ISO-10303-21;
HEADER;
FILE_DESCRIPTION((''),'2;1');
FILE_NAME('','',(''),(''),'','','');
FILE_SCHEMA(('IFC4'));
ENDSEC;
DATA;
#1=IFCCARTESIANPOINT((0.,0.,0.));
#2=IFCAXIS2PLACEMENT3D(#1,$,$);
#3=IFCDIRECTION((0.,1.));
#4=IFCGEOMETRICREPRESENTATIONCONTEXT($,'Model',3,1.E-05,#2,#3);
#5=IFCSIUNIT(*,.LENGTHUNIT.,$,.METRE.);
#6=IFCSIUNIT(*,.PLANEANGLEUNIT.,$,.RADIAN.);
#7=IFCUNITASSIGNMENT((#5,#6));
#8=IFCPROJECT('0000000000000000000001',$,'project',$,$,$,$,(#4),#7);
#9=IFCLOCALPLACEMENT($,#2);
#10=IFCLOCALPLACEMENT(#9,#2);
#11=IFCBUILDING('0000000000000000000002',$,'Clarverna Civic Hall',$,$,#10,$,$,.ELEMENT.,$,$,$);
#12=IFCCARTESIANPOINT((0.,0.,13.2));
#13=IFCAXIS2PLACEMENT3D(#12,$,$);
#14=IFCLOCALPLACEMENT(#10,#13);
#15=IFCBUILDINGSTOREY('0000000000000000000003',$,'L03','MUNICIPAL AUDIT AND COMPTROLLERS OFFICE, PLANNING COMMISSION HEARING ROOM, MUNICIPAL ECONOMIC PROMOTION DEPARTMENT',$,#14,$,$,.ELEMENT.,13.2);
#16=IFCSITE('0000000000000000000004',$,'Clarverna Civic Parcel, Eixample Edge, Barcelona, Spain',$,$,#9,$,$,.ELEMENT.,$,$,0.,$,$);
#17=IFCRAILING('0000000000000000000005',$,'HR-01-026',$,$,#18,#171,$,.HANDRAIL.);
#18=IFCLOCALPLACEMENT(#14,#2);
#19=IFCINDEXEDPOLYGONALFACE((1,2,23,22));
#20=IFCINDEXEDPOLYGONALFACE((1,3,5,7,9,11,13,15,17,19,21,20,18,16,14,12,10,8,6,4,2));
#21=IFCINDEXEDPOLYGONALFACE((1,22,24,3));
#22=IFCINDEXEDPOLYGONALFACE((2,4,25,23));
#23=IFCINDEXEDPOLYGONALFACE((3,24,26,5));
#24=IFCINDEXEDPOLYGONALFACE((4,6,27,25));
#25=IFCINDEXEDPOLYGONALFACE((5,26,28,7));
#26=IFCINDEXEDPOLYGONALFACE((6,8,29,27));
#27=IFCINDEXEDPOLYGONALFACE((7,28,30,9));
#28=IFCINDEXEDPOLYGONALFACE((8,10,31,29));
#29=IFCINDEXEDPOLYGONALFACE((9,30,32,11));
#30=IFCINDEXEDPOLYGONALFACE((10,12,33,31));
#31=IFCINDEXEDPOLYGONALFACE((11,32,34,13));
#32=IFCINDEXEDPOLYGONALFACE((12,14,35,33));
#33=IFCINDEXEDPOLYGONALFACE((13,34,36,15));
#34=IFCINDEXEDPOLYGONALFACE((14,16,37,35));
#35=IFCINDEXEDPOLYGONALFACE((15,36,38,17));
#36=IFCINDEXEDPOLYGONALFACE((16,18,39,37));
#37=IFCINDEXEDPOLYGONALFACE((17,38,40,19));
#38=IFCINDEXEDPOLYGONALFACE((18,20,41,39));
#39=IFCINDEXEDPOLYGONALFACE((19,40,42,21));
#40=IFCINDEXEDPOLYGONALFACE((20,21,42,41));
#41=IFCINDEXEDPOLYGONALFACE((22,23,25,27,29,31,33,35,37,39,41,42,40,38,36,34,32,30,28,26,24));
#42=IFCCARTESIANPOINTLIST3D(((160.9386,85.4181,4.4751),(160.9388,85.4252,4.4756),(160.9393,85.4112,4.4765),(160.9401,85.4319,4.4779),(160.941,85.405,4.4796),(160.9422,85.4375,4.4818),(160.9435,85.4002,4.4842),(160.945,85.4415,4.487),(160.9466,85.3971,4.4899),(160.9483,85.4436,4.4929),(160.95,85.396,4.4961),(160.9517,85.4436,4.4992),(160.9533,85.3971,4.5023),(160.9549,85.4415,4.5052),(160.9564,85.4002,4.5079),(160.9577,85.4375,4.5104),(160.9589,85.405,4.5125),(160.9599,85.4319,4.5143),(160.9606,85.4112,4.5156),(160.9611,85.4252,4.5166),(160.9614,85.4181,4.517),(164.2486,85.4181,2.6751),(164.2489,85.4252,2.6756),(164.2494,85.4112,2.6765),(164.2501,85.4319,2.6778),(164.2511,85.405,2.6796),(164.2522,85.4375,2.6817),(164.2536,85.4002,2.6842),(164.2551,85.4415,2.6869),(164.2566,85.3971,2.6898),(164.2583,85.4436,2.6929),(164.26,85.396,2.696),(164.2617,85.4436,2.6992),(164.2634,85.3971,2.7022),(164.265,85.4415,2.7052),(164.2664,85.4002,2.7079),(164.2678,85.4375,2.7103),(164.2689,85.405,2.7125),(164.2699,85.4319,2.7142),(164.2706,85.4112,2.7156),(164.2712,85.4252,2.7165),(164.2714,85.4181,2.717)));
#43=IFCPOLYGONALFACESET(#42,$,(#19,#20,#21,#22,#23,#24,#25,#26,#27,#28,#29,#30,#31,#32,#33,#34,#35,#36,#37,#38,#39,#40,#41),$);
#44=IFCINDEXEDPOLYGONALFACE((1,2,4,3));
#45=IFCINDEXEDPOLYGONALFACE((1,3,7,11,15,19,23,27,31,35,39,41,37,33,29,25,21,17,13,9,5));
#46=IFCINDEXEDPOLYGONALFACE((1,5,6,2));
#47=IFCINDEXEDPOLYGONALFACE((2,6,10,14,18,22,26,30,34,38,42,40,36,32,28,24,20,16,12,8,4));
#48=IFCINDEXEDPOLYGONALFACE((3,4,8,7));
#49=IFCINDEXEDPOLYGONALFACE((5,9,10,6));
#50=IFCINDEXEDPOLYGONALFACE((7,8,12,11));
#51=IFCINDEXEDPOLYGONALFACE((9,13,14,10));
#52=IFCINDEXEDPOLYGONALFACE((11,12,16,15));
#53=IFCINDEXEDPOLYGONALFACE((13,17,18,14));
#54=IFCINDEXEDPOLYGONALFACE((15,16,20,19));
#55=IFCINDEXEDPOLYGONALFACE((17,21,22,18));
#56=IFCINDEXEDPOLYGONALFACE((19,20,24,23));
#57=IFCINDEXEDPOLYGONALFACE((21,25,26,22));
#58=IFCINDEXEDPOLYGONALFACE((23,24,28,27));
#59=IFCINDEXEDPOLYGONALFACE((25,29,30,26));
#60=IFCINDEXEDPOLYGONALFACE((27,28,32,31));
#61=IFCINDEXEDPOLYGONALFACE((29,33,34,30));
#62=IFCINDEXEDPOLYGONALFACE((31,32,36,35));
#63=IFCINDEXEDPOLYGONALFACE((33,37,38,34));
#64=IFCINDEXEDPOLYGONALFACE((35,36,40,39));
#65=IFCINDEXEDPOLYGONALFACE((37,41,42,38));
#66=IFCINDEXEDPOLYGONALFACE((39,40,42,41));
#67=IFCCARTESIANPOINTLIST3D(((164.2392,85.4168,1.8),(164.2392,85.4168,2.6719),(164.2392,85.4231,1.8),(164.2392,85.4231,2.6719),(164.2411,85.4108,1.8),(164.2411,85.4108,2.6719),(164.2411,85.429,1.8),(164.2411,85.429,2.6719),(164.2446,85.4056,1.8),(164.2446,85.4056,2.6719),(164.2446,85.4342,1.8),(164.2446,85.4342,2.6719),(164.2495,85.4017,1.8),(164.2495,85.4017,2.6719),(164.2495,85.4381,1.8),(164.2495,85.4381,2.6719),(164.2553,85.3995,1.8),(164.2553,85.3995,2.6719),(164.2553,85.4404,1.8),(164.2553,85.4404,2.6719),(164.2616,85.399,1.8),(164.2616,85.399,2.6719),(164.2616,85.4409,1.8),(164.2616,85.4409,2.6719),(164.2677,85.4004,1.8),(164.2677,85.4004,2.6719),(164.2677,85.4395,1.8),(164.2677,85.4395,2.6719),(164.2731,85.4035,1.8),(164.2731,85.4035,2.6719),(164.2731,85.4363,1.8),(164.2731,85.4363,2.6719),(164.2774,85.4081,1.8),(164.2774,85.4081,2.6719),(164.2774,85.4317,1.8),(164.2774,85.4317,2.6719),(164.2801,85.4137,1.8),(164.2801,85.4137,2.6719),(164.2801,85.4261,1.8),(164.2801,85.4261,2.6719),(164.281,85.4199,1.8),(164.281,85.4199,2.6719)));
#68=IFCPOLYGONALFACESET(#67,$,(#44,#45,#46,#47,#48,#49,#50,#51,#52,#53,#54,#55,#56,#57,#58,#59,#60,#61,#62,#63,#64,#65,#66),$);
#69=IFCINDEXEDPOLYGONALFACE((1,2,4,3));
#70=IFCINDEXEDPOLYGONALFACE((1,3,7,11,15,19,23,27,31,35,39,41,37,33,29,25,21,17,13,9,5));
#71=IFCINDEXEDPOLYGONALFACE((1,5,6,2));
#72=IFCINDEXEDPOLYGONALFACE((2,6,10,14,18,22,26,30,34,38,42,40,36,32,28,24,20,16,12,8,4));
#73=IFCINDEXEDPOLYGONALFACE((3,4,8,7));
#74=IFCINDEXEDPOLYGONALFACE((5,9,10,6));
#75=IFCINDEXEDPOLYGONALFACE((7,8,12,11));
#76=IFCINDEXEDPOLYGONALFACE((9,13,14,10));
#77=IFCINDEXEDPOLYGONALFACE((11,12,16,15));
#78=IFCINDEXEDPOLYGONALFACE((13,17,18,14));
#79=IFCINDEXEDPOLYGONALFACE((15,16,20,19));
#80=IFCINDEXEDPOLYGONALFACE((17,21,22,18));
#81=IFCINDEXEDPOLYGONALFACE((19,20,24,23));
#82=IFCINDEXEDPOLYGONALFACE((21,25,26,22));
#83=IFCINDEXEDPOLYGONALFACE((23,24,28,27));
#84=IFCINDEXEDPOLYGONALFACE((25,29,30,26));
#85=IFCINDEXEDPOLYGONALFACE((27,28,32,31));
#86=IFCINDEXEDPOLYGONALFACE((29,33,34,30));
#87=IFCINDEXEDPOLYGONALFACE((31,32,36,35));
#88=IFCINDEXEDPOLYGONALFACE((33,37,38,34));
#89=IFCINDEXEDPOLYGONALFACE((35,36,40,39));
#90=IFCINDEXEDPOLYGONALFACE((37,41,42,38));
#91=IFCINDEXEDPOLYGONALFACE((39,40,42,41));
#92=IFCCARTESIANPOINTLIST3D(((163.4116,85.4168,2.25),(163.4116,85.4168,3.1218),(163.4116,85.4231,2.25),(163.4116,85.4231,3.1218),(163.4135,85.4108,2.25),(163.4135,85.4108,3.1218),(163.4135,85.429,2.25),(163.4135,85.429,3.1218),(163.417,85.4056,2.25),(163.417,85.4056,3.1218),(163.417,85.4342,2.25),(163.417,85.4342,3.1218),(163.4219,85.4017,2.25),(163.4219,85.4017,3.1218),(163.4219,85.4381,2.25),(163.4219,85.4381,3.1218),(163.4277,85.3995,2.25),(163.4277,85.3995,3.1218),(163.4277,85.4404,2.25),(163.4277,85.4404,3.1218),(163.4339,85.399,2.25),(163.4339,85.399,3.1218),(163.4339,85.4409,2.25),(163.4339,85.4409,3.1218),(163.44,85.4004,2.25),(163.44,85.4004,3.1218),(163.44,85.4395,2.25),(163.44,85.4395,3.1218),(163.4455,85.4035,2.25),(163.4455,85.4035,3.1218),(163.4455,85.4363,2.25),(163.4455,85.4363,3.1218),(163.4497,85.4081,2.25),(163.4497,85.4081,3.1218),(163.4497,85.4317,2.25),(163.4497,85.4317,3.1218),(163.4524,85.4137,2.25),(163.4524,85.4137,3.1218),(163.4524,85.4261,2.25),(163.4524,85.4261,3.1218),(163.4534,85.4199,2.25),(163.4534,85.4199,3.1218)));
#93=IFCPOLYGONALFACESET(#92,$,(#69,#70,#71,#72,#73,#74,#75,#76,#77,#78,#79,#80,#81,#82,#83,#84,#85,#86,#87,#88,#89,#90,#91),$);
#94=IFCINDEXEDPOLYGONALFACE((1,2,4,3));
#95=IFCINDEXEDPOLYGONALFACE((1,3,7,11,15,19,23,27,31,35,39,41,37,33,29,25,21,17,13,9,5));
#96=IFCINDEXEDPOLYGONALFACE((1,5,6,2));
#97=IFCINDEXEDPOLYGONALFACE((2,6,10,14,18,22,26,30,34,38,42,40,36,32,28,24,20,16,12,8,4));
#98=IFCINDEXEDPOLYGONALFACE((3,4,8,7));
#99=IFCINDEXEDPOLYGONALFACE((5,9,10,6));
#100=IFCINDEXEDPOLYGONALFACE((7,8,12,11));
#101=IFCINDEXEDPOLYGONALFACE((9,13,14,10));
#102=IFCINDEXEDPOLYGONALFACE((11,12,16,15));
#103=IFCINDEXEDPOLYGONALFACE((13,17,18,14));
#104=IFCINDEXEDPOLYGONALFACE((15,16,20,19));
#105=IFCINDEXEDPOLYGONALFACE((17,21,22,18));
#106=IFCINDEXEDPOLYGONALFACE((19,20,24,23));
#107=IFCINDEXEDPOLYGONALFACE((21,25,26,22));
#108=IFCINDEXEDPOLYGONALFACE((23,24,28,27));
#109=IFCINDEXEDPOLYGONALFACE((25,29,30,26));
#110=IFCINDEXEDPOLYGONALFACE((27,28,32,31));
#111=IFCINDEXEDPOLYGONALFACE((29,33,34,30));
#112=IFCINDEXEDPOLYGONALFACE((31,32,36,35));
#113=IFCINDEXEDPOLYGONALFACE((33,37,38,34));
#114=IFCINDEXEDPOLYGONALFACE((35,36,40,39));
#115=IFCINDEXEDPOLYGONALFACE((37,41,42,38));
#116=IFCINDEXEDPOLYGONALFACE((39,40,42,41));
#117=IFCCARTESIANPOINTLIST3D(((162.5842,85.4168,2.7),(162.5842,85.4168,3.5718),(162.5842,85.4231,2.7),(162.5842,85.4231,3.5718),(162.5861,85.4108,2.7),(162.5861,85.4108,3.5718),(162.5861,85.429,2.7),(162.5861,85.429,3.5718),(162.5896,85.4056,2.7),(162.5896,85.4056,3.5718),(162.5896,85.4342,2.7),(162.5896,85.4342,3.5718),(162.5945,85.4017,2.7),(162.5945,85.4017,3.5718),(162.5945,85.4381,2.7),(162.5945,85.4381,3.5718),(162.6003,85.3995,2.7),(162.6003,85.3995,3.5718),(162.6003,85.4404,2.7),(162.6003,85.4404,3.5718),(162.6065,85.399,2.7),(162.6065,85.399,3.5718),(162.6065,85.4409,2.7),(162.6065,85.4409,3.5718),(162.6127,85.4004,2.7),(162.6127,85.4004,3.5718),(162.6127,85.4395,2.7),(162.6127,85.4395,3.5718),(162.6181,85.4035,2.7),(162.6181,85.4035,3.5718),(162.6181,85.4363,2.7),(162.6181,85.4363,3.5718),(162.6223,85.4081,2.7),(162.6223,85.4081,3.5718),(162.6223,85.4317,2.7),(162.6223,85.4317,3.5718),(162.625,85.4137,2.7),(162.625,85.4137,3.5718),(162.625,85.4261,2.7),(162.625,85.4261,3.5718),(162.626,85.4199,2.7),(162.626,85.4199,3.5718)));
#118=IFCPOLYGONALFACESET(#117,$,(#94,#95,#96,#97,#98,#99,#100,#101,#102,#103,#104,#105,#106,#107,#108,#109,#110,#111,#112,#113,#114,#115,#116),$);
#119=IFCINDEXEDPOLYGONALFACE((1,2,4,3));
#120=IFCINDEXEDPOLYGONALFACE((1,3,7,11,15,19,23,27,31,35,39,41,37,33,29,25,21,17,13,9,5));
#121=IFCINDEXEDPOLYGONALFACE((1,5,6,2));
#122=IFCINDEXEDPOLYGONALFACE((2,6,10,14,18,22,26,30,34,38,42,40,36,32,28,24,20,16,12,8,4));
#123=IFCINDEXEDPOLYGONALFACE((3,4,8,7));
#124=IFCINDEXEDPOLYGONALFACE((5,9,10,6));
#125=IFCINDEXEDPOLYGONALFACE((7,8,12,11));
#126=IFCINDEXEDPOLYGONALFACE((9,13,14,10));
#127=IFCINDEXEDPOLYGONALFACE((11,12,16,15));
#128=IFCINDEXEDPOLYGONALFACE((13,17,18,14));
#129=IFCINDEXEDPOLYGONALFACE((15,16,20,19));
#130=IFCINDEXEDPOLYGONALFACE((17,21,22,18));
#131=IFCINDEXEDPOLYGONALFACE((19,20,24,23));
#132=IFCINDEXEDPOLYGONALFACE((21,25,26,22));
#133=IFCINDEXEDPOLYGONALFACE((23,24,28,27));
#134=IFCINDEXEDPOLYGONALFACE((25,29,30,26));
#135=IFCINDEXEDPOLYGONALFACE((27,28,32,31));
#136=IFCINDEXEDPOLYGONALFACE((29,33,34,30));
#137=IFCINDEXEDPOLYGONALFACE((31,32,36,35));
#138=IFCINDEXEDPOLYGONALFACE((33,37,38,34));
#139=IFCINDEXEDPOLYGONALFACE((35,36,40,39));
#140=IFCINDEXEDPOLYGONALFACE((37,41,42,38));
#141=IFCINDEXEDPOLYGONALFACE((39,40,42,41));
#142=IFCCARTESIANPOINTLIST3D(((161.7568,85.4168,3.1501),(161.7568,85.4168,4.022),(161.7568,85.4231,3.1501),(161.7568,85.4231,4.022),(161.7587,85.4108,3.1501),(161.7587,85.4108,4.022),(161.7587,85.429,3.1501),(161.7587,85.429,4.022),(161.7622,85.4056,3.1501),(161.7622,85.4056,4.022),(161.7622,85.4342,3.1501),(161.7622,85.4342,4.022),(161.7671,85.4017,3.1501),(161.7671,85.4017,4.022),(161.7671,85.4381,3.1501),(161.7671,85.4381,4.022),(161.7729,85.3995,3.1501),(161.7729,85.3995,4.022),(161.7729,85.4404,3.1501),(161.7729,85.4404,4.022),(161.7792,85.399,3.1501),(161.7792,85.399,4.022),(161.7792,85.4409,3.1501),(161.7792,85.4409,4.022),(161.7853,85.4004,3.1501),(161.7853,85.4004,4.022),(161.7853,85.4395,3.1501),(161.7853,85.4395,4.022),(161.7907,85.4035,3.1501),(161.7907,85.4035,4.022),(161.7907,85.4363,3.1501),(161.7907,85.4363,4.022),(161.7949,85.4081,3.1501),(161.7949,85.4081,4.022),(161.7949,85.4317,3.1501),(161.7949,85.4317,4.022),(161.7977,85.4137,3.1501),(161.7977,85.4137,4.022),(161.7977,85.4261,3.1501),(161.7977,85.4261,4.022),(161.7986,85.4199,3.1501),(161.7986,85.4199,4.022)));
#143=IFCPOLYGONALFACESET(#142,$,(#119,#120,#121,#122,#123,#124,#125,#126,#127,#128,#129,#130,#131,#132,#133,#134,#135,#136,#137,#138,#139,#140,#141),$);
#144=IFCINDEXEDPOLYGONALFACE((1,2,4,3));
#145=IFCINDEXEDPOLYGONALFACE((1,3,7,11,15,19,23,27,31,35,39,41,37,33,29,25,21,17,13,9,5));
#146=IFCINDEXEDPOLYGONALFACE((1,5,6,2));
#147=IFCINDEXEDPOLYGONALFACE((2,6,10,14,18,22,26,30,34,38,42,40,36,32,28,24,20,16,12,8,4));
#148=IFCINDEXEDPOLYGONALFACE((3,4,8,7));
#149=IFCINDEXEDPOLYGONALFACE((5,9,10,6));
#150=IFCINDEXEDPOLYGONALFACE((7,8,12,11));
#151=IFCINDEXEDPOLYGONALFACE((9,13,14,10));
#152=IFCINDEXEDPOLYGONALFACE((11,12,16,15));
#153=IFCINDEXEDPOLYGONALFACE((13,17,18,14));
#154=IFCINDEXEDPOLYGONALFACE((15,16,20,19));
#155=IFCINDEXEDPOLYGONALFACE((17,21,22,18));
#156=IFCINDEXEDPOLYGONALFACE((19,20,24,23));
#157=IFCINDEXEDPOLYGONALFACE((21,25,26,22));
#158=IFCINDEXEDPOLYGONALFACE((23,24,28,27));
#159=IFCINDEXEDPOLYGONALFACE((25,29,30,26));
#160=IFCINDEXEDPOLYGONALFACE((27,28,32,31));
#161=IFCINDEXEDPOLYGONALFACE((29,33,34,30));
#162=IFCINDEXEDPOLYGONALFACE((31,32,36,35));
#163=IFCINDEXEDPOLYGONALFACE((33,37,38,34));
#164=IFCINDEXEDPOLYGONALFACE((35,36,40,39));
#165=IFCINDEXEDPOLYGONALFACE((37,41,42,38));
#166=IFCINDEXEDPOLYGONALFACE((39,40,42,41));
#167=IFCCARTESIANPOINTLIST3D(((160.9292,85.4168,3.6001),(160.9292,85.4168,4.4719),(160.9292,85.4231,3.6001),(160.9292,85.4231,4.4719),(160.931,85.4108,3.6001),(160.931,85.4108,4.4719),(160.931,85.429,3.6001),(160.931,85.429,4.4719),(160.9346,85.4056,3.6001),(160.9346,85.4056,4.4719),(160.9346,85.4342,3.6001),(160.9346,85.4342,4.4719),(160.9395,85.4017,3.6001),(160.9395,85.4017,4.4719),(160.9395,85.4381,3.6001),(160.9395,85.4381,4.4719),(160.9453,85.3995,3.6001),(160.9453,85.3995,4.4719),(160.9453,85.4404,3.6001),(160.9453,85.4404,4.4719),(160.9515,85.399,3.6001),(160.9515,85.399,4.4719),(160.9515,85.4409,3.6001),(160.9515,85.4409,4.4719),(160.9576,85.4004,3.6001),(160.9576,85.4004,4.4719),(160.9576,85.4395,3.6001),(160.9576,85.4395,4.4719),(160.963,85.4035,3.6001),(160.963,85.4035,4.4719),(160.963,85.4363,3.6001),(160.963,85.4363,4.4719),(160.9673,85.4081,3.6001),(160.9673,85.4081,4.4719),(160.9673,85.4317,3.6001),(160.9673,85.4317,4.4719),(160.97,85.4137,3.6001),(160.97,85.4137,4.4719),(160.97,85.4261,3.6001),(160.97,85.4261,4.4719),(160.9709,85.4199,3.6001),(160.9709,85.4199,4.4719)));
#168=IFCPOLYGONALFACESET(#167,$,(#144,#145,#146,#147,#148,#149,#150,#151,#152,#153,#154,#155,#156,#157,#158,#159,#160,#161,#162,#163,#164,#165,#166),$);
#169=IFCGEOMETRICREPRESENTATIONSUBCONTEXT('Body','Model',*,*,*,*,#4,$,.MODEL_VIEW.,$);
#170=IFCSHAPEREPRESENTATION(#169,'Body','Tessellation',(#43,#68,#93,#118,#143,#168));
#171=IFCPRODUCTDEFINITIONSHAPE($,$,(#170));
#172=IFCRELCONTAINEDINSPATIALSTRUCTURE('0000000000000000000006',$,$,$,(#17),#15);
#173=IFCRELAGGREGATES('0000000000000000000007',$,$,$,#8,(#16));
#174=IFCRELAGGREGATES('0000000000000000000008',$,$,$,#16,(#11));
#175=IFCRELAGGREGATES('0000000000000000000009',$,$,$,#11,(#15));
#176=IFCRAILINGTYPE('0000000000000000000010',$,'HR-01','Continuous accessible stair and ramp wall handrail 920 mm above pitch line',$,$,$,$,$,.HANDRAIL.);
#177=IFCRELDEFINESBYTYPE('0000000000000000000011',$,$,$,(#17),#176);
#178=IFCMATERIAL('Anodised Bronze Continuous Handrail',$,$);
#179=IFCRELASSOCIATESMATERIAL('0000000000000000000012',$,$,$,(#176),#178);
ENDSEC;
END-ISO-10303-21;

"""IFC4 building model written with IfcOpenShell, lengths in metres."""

from ifc_helpers import new_model, si_unit, direction, frame, origin, origin_2d, place, context, subcontext, project, spatial, circle, extrude, material, type_object, element, save


model = new_model("IFC4")

# Units and contexts
model_context = context("Model", 3, precision=1e-05, world=origin(), true_north=direction((0.0, 1.0)))
body_context = subcontext(model_context, "Body", "Model", "MODEL_VIEW")
ifc_project = project(units=[si_unit("LENGTHUNIT", "METRE"), si_unit("PLANEANGLEUNIT", "RADIAN")], contexts=[model_context])

# Site, building, storey
site_placement = place(None, origin())
site = spatial("IfcSite", under=ifc_project, at=site_placement, Name="Clarverna Civic Parcel, Eixample Edge, Barcelona, Spain", CompositionType="ELEMENT", RefElevation=0.0)
building_placement = place(site_placement, origin())
building = spatial("IfcBuilding", under=site, at=building_placement, Name="Clarverna Civic Hall", CompositionType="ELEMENT")
storey_placement = place(building_placement, frame((0.0, 0.0, 13.2)))
storey = spatial("IfcBuildingStorey", under=building, at=storey_placement, Name="L03", Description="MUNICIPAL AUDIT AND COMPTROLLERS OFFICE, PLANNING COMMISSION HEARING ROOM, MUNICIPAL ECONOMIC PROMOTION DEPARTMENT", CompositionType="ELEMENT", Elevation=13.2)

# Railing
ifc_material_1 = material(Name="Anodised Bronze Continuous Handrail")
railing_type_1 = type_object("IfcRailingType", Name="HR-01", Description="Continuous accessible stair and ramp wall handrail 920 mm above pitch line", PredefinedType="HANDRAIL", material=ifc_material_1)
railing_1_placement = place(storey_placement, frame((164.26, 85.4199, 1.8)))
element("IfcRailing", 1, at=railing_1_placement, inside=storey, type_object=railing_type_1, Name="HR-01-026", PredefinedType="HANDRAIL", context=body_context, shape_type="SweptSolid", body=[
    extrude(circle(Radius=0.0239, at=origin_2d()), frame((0.0, 0.0, 0.896), z_axis=(-0.878502, 0.0, 0.477739), x_axis=(0.0, -1.0, 0.0)), (0.0, 0.0, 1.0), 3.7678),
    extrude(circle(Radius=0.021, at=origin_2d()), origin(), (0.0, 0.0, 1.0), 0.8718),
    extrude(circle(Radius=0.021, at=origin_2d()), frame((-0.8276, 0.0, 0.45)), (0.0, 0.0, 1.0), 0.8718),
    extrude(circle(Radius=0.021, at=origin_2d()), frame((-1.655, 0.0, 0.8999)), (0.0, 0.0, 1.0), 0.8718),
    extrude(circle(Radius=0.021, at=origin_2d()), frame((-2.4824, 0.0, 1.3501)), (0.0, 0.0, 1.0), 0.8718),
    extrude(circle(Radius=0.021, at=origin_2d()), frame((-3.3101, 0.0, 1.8)), (0.0, 0.0, 1.0), 0.8718),
])

save(model, "model.ifc")
